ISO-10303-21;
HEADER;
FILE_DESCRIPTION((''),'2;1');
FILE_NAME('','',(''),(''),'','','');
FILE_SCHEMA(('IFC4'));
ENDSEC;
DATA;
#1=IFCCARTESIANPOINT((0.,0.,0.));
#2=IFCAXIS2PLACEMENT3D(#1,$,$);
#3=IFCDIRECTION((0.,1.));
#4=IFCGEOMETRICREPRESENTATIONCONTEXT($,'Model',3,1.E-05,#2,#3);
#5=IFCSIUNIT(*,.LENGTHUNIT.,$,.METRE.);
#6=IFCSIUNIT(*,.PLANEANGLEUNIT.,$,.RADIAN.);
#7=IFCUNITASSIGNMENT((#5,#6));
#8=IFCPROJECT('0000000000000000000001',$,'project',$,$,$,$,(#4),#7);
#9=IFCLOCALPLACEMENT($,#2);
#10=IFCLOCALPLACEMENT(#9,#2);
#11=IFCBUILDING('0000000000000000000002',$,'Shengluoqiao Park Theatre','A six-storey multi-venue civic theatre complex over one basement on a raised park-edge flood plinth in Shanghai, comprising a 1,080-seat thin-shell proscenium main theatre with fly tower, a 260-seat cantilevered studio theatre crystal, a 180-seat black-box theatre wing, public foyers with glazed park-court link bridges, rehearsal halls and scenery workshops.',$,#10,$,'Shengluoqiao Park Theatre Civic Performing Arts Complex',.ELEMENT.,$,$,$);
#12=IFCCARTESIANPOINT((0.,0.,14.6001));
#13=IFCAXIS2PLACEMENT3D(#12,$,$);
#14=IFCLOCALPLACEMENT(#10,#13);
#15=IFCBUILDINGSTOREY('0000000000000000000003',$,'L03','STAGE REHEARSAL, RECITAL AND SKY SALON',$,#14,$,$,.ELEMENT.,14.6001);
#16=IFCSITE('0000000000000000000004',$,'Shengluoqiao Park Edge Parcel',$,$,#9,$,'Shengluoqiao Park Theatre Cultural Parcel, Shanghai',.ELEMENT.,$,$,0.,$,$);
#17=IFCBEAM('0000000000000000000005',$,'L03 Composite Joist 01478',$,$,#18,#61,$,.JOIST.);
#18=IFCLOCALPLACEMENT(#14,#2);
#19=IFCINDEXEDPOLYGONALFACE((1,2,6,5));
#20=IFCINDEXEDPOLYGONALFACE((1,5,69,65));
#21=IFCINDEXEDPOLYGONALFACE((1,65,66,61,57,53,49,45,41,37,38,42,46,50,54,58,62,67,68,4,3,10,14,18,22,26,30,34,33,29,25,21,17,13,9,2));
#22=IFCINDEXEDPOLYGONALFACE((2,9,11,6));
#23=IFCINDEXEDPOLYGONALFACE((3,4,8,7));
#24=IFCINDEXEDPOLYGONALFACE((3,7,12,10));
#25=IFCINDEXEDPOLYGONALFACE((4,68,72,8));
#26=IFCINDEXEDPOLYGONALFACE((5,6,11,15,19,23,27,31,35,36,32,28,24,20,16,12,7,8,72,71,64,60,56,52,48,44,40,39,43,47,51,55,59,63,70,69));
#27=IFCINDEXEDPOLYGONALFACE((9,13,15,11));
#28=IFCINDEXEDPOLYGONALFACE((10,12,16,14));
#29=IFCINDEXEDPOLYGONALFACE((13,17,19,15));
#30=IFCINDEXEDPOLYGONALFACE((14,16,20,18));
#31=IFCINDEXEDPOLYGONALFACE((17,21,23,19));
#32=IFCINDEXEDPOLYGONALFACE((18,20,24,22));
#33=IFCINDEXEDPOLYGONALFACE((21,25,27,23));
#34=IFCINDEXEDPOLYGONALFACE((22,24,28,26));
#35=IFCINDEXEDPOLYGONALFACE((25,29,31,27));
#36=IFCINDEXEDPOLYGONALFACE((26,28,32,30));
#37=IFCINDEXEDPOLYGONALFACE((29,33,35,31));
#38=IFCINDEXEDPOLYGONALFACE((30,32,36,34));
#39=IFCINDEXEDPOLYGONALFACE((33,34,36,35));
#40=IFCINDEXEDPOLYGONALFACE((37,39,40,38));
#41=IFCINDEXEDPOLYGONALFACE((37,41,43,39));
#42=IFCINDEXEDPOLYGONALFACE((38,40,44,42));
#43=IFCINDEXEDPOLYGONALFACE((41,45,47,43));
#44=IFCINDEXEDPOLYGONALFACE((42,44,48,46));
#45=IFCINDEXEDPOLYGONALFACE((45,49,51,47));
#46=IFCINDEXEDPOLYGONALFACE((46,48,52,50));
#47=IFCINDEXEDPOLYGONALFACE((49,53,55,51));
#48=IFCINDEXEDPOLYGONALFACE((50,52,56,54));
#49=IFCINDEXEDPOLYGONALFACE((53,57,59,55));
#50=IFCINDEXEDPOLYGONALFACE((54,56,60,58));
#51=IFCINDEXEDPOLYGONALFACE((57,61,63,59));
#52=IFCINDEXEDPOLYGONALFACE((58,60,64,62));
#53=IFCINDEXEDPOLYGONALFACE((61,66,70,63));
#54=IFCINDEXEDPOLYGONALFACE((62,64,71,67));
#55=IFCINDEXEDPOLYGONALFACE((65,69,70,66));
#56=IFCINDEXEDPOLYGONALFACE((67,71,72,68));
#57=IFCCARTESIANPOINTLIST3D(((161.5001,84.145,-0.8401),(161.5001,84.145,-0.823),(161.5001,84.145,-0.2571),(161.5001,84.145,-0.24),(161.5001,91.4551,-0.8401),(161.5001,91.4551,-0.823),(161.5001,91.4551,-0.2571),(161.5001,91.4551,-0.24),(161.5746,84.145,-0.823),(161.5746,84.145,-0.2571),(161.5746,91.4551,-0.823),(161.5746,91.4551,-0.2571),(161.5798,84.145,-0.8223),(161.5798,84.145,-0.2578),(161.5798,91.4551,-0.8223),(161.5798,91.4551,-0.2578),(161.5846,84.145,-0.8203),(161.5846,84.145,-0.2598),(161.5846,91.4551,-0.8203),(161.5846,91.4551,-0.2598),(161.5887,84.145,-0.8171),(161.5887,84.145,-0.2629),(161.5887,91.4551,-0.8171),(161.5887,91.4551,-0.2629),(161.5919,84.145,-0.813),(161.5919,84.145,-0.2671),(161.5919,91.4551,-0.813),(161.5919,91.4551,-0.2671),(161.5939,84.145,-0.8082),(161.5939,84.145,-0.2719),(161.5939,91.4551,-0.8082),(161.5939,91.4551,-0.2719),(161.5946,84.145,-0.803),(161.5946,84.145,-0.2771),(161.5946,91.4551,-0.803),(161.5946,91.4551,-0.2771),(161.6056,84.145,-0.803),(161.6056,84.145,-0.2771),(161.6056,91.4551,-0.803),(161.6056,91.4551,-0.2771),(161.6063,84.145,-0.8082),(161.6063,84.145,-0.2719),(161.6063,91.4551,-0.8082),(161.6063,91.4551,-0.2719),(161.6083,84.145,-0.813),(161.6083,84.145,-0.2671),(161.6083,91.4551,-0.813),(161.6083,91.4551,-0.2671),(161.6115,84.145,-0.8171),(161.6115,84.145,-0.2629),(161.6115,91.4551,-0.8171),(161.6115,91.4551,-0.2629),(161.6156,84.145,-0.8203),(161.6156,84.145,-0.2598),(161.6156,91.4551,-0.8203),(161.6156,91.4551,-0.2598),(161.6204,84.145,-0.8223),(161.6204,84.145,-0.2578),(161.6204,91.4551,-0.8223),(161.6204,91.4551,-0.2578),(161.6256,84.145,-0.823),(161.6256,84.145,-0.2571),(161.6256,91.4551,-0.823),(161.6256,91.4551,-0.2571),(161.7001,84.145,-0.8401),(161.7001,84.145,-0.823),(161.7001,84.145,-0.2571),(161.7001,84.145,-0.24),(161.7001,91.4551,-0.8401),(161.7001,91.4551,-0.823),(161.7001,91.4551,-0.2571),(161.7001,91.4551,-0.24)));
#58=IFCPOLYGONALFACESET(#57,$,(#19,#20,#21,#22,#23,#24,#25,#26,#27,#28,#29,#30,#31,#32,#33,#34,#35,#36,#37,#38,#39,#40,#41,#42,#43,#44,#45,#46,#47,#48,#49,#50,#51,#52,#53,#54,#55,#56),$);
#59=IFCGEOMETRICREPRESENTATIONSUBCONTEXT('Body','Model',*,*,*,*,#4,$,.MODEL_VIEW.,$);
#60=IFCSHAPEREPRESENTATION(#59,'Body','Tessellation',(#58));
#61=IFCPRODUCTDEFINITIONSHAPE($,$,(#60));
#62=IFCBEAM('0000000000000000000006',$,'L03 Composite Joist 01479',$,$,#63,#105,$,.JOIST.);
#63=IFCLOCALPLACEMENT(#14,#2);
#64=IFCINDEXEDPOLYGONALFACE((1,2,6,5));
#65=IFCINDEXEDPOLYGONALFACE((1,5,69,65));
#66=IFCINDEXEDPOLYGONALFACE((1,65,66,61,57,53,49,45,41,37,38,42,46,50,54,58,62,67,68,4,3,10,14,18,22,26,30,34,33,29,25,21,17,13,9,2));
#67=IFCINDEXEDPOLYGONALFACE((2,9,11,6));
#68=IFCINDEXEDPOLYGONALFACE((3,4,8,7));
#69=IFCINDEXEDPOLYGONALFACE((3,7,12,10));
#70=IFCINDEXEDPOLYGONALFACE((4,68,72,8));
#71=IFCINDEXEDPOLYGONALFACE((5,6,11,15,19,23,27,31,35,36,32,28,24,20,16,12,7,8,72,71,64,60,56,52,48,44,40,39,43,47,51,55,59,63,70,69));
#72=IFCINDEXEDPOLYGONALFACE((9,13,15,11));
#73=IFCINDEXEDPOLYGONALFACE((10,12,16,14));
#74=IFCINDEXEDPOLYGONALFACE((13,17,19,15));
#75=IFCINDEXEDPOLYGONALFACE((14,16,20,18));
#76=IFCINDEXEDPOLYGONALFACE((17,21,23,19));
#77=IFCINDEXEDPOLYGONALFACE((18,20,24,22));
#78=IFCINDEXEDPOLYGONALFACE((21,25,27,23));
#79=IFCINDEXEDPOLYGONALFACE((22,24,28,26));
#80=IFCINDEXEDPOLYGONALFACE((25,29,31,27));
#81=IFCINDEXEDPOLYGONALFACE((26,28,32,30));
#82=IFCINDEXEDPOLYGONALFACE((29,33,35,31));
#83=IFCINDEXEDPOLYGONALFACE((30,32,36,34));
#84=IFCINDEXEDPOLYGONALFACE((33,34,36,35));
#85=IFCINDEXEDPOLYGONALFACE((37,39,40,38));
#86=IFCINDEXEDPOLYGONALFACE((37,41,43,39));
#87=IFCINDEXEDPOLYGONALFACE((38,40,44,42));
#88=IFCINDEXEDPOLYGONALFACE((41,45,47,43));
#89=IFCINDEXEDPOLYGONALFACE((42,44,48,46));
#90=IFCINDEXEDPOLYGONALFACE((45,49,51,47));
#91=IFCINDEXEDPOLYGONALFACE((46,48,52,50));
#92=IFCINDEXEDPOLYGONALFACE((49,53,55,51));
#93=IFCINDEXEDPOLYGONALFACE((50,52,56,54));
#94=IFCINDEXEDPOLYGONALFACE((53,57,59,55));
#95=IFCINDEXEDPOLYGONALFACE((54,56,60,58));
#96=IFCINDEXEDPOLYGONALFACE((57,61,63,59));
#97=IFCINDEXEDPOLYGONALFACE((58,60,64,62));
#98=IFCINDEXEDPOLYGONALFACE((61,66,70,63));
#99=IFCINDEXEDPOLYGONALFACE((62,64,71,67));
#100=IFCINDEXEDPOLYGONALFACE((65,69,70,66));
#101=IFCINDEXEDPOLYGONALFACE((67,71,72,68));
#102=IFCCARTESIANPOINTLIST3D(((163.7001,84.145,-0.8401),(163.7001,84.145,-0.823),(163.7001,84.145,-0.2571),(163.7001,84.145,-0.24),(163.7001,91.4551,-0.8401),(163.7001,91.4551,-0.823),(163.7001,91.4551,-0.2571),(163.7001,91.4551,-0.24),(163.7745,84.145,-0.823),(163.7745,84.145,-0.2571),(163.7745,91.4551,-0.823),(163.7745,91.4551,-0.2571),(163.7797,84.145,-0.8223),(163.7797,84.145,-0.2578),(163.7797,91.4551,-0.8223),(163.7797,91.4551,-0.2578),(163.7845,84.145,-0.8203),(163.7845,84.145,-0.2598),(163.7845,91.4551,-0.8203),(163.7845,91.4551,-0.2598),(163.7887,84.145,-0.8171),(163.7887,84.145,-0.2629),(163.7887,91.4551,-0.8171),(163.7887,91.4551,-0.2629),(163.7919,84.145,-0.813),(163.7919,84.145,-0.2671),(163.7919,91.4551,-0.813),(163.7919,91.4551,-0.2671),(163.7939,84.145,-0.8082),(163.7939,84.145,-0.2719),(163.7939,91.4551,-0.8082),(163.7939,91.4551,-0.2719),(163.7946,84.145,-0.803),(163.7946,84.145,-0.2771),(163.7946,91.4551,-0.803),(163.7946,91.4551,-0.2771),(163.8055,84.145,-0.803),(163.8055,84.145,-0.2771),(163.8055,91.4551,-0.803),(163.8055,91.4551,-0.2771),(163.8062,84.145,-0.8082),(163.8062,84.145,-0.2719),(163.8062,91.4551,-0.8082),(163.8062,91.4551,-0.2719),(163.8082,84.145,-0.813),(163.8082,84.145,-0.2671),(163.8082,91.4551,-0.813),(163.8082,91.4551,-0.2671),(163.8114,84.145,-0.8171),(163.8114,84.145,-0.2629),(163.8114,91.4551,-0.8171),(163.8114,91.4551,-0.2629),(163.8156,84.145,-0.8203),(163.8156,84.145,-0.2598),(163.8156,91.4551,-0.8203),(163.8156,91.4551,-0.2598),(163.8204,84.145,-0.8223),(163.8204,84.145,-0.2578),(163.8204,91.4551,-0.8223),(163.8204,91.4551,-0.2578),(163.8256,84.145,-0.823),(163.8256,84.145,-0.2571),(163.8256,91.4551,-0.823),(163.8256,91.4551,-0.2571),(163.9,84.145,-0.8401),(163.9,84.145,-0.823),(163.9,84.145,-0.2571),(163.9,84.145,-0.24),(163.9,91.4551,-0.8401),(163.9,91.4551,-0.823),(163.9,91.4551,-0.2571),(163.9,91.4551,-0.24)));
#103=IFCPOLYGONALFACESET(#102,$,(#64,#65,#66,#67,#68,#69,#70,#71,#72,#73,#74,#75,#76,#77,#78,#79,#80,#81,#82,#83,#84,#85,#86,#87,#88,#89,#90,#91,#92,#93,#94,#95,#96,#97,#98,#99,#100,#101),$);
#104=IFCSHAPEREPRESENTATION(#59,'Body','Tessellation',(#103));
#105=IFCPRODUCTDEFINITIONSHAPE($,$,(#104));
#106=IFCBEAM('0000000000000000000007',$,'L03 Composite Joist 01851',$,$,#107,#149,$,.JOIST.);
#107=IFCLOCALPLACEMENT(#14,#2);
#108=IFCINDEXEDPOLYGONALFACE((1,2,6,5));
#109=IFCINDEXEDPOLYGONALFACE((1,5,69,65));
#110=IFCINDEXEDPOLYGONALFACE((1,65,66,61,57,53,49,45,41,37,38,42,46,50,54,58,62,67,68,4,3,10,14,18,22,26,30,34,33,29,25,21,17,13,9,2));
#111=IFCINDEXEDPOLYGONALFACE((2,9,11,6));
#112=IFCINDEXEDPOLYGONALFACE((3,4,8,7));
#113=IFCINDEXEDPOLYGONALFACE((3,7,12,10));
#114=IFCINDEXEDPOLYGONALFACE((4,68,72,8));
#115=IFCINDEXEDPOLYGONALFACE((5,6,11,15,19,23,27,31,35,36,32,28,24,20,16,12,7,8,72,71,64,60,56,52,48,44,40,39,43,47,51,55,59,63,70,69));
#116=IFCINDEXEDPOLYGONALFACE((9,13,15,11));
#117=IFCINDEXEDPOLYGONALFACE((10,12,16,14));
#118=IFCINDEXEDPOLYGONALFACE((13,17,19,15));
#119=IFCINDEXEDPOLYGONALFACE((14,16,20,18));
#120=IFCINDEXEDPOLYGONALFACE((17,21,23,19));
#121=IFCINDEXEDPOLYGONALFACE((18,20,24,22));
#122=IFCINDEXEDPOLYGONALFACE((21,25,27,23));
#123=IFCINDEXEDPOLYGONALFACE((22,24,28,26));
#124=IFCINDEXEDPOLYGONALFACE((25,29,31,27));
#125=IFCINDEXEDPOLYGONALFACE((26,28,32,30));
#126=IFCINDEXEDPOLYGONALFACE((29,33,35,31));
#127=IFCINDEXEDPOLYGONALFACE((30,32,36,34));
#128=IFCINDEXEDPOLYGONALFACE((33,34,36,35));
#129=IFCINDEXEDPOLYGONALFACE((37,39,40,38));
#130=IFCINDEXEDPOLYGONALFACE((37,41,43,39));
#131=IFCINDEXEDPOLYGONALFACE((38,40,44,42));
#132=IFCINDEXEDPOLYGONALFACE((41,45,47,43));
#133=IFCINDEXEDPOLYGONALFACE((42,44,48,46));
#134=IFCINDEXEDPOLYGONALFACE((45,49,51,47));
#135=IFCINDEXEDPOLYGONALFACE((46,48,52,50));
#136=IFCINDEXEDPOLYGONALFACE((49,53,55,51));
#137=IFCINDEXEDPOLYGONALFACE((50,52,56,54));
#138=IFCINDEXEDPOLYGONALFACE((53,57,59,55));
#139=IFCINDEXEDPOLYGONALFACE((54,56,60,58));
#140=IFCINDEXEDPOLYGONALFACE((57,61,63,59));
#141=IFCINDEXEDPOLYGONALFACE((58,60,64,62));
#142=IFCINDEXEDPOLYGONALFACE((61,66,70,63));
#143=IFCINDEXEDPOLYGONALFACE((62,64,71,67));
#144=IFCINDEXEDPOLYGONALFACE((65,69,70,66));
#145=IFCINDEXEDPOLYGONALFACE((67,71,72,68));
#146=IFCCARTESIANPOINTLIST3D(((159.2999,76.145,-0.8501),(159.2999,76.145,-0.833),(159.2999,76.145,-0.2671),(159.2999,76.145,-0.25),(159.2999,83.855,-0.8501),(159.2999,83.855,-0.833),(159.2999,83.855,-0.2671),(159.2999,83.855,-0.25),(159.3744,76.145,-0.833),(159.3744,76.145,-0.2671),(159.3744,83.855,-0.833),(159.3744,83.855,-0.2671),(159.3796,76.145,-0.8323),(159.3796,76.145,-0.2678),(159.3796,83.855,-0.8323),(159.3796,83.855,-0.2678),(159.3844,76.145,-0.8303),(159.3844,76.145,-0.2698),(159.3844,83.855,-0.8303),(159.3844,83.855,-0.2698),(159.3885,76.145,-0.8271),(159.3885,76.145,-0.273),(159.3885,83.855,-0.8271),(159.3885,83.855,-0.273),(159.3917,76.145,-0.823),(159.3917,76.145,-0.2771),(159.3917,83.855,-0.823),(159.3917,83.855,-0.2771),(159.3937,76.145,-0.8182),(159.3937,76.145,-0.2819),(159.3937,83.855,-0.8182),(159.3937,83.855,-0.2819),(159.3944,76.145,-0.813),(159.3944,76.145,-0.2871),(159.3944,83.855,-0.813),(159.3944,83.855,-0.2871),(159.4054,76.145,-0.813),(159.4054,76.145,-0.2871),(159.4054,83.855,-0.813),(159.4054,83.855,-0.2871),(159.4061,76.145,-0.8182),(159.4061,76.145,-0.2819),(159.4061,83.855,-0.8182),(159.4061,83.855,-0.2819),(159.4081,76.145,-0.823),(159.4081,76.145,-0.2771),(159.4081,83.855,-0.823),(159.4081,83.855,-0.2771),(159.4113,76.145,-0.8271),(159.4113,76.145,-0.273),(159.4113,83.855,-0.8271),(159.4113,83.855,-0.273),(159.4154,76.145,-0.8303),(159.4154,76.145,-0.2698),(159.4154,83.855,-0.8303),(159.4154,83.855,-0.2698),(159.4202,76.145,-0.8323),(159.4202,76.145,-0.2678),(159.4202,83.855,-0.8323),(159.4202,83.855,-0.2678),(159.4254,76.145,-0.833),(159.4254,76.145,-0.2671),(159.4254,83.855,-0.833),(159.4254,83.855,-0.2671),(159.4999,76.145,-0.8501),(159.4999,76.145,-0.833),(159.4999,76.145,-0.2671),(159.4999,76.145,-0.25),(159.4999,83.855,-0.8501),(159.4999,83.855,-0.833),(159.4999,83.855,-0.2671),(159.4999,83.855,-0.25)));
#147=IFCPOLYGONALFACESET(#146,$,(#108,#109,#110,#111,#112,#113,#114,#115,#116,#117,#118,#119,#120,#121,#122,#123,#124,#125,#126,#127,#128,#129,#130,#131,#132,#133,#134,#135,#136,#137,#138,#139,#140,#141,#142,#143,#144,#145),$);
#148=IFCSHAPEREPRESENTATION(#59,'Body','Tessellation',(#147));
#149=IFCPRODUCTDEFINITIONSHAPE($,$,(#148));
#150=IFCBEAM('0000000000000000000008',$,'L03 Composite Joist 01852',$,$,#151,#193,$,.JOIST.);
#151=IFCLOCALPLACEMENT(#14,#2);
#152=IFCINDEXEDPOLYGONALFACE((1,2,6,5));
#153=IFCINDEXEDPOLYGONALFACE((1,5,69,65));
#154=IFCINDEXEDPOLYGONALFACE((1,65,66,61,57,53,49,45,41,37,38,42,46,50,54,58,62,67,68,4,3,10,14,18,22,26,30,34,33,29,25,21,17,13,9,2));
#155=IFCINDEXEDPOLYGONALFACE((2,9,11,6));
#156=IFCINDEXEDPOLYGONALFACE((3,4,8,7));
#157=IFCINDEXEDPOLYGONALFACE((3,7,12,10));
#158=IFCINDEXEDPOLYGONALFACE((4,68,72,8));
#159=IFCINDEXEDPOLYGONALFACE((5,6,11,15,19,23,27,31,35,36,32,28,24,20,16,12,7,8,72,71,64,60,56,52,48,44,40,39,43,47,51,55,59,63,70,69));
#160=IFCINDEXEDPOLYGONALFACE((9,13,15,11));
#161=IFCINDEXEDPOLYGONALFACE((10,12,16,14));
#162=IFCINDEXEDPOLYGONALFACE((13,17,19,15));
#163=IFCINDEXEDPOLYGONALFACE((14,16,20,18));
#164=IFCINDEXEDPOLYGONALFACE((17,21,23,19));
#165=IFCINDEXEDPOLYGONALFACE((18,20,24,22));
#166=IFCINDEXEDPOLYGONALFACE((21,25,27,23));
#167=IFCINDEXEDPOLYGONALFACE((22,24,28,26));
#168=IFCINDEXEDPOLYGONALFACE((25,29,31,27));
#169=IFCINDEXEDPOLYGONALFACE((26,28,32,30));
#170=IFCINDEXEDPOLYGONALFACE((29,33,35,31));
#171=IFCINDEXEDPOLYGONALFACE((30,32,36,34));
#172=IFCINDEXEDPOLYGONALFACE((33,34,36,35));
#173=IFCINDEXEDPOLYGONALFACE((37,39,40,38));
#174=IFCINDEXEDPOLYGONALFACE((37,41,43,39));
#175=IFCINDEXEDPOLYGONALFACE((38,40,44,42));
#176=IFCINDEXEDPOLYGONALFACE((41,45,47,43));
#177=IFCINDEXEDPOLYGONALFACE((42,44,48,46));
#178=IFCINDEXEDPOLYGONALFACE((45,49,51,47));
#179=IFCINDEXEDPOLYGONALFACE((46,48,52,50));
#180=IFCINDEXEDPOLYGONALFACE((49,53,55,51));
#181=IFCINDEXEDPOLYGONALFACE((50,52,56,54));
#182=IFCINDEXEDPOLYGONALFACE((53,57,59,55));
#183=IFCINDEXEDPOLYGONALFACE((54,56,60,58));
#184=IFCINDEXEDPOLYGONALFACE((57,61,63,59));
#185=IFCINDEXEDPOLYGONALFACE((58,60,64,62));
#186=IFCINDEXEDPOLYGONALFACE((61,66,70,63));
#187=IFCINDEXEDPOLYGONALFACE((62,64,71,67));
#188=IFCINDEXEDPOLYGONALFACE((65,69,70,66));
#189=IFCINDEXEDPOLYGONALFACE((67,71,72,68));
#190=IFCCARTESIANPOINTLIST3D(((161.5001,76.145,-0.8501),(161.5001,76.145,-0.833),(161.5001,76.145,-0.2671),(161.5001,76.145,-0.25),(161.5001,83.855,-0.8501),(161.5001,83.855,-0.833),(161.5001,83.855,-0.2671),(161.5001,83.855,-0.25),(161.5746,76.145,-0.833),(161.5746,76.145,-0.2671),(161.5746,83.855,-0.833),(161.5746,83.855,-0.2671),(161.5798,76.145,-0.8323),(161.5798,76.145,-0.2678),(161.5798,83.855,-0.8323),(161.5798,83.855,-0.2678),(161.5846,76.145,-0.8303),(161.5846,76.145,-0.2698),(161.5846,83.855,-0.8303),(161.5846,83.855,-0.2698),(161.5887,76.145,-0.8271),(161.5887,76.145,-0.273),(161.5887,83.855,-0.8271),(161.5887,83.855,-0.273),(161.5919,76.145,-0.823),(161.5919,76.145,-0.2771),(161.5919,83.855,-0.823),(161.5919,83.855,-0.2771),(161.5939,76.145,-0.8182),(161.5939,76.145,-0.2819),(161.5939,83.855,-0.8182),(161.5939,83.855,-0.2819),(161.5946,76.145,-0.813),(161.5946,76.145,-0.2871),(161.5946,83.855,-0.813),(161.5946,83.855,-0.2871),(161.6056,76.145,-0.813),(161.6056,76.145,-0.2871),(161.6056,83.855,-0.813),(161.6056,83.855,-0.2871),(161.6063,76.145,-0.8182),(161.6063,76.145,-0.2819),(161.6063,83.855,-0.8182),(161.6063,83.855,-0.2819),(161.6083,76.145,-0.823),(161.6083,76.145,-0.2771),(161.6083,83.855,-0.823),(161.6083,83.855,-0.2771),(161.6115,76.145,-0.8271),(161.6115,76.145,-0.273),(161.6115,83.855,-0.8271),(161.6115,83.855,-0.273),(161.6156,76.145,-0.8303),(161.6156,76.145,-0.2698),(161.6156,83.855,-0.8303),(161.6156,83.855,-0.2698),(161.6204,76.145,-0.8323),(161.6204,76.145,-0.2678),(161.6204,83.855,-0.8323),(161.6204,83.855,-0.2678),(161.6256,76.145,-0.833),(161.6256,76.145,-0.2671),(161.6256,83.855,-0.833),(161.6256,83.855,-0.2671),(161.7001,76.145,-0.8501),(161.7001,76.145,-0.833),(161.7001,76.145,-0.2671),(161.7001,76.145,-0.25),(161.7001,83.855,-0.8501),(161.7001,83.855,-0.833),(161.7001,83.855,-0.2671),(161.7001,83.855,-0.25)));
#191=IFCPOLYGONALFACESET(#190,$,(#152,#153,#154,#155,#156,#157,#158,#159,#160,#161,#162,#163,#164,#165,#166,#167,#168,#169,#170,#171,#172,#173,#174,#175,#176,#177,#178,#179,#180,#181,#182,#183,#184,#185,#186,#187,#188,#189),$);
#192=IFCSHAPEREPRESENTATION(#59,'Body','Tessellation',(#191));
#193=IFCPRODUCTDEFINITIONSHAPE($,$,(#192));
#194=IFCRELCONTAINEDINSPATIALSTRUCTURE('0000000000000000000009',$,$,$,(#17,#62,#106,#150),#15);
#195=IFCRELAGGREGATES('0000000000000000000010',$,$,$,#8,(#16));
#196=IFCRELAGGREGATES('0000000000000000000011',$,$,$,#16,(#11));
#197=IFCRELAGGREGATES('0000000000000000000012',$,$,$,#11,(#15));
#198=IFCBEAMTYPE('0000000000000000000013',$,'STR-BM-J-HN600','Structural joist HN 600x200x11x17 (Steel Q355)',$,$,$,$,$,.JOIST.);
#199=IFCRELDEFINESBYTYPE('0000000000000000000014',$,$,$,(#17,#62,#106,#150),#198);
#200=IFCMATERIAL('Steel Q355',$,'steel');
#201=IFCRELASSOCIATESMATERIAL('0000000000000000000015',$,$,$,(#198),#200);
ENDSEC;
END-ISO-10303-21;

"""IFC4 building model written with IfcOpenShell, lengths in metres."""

from ifc_helpers import new_model, si_unit, direction, frame, origin, origin_2d, place, context, subcontext, project, spatial, i_section, extrude, material, material_profile, profile_set, type_object, element, save


model = new_model("IFC4")

# Units and contexts
model_context = context("Model", 3, precision=1e-05, world=origin(), true_north=direction((0.0, 1.0)))
body_context = subcontext(model_context, "Body", "Model", "MODEL_VIEW")
ifc_project = project(units=[si_unit("LENGTHUNIT", "METRE"), si_unit("PLANEANGLEUNIT", "RADIAN")], contexts=[model_context])

# Site, building, storey
site_placement = place(None, origin())
site = spatial("IfcSite", under=ifc_project, at=site_placement, Name="Shengluoqiao Park Edge Parcel", LongName="Shengluoqiao Park Theatre Cultural Parcel, Shanghai", CompositionType="ELEMENT", RefElevation=0.0)
building_placement = place(site_placement, origin())
building = spatial("IfcBuilding", under=site, at=building_placement, Name="Shengluoqiao Park Theatre", Description="A six-storey multi-venue civic theatre complex over one basement on a raised park-edge flood plinth in Shanghai, comprising a 1,080-seat thin-shell proscenium main theatre with fly tower, a 260-seat cantilevered studio theatre crystal, a 180-seat black-box theatre wing, public foyers with glazed park-court link bridges, rehearsal halls and scenery workshops.", LongName="Shengluoqiao Park Theatre Civic Performing Arts Complex", CompositionType="ELEMENT")
storey_placement = place(building_placement, frame((0.0, 0.0, 14.6001)))
storey = spatial("IfcBuildingStorey", under=building, at=storey_placement, Name="L03", Description="STAGE REHEARSAL, RECITAL AND SKY SALON", CompositionType="ELEMENT", Elevation=14.6001)

# Beams
ifc_material_1 = material(Name="Steel Q355", Category="steel")
ifc_material_profile_1 = material_profile(ifc_material_1, i_section(OverallWidth=0.2, OverallDepth=0.6001, WebThickness=0.011, FlangeThickness=0.0171, FilletRadius=0.02, at=origin_2d()), Name="HN 600x200x11x17")
ifc_profile_set_1 = profile_set([ifc_material_profile_1], Name="Steel Q355")
beam_type_1 = type_object("IfcBeamType", Name="STR-BM-J-HN600", Description="Structural joist HN 600x200x11x17 (Steel Q355)", PredefinedType="JOIST", material=ifc_profile_set_1)
for number, where, z_axis, x_axis, name in (
    (1, (161.6001, 84.145, -0.54), (0.0, 1.0, 0.0), (-1.0, 0.0, 0.0), "L03 Composite Joist 01478"),
    (2, (163.8, 84.145, -0.54), (0.0, 1.0, 0.0), (-1.0, 0.0, 0.0), "L03 Composite Joist 01479"),
):
    element("IfcBeam", number, at=place(storey_placement, frame(where, z_axis=z_axis, x_axis=x_axis)), inside=storey, type_object=beam_type_1, Name=name, PredefinedType="JOIST", context=body_context, shape_type="SweptSolid", body=[
        extrude(i_section(OverallWidth=0.2, OverallDepth=0.6001, WebThickness=0.011, FlangeThickness=0.0171, FilletRadius=0.02, at=origin_2d()), origin(), (0.0, 0.0, 1.0), 7.3101),
    ])
for number, where, z_axis, x_axis, name in (
    (3, (159.3999, 76.145, -0.55), (0.0, 1.0, 0.0), (-1.0, 0.0, 0.0), "L03 Composite Joist 01851"),
    (4, (161.6001, 76.145, -0.55), (0.0, 1.0, 0.0), (-1.0, 0.0, 0.0), "L03 Composite Joist 01852"),
):
    element("IfcBeam", number, at=place(storey_placement, frame(where, z_axis=z_axis, x_axis=x_axis)), inside=storey, type_object=beam_type_1, Name=name, PredefinedType="JOIST", context=body_context, shape_type="SweptSolid", body=[
        extrude(i_section(OverallWidth=0.2, OverallDepth=0.6001, WebThickness=0.011, FlangeThickness=0.0171, FilletRadius=0.02, at=origin_2d()), origin(), (0.0, 0.0, 1.0), 7.71),
    ])

save(model, "model.ifc")
